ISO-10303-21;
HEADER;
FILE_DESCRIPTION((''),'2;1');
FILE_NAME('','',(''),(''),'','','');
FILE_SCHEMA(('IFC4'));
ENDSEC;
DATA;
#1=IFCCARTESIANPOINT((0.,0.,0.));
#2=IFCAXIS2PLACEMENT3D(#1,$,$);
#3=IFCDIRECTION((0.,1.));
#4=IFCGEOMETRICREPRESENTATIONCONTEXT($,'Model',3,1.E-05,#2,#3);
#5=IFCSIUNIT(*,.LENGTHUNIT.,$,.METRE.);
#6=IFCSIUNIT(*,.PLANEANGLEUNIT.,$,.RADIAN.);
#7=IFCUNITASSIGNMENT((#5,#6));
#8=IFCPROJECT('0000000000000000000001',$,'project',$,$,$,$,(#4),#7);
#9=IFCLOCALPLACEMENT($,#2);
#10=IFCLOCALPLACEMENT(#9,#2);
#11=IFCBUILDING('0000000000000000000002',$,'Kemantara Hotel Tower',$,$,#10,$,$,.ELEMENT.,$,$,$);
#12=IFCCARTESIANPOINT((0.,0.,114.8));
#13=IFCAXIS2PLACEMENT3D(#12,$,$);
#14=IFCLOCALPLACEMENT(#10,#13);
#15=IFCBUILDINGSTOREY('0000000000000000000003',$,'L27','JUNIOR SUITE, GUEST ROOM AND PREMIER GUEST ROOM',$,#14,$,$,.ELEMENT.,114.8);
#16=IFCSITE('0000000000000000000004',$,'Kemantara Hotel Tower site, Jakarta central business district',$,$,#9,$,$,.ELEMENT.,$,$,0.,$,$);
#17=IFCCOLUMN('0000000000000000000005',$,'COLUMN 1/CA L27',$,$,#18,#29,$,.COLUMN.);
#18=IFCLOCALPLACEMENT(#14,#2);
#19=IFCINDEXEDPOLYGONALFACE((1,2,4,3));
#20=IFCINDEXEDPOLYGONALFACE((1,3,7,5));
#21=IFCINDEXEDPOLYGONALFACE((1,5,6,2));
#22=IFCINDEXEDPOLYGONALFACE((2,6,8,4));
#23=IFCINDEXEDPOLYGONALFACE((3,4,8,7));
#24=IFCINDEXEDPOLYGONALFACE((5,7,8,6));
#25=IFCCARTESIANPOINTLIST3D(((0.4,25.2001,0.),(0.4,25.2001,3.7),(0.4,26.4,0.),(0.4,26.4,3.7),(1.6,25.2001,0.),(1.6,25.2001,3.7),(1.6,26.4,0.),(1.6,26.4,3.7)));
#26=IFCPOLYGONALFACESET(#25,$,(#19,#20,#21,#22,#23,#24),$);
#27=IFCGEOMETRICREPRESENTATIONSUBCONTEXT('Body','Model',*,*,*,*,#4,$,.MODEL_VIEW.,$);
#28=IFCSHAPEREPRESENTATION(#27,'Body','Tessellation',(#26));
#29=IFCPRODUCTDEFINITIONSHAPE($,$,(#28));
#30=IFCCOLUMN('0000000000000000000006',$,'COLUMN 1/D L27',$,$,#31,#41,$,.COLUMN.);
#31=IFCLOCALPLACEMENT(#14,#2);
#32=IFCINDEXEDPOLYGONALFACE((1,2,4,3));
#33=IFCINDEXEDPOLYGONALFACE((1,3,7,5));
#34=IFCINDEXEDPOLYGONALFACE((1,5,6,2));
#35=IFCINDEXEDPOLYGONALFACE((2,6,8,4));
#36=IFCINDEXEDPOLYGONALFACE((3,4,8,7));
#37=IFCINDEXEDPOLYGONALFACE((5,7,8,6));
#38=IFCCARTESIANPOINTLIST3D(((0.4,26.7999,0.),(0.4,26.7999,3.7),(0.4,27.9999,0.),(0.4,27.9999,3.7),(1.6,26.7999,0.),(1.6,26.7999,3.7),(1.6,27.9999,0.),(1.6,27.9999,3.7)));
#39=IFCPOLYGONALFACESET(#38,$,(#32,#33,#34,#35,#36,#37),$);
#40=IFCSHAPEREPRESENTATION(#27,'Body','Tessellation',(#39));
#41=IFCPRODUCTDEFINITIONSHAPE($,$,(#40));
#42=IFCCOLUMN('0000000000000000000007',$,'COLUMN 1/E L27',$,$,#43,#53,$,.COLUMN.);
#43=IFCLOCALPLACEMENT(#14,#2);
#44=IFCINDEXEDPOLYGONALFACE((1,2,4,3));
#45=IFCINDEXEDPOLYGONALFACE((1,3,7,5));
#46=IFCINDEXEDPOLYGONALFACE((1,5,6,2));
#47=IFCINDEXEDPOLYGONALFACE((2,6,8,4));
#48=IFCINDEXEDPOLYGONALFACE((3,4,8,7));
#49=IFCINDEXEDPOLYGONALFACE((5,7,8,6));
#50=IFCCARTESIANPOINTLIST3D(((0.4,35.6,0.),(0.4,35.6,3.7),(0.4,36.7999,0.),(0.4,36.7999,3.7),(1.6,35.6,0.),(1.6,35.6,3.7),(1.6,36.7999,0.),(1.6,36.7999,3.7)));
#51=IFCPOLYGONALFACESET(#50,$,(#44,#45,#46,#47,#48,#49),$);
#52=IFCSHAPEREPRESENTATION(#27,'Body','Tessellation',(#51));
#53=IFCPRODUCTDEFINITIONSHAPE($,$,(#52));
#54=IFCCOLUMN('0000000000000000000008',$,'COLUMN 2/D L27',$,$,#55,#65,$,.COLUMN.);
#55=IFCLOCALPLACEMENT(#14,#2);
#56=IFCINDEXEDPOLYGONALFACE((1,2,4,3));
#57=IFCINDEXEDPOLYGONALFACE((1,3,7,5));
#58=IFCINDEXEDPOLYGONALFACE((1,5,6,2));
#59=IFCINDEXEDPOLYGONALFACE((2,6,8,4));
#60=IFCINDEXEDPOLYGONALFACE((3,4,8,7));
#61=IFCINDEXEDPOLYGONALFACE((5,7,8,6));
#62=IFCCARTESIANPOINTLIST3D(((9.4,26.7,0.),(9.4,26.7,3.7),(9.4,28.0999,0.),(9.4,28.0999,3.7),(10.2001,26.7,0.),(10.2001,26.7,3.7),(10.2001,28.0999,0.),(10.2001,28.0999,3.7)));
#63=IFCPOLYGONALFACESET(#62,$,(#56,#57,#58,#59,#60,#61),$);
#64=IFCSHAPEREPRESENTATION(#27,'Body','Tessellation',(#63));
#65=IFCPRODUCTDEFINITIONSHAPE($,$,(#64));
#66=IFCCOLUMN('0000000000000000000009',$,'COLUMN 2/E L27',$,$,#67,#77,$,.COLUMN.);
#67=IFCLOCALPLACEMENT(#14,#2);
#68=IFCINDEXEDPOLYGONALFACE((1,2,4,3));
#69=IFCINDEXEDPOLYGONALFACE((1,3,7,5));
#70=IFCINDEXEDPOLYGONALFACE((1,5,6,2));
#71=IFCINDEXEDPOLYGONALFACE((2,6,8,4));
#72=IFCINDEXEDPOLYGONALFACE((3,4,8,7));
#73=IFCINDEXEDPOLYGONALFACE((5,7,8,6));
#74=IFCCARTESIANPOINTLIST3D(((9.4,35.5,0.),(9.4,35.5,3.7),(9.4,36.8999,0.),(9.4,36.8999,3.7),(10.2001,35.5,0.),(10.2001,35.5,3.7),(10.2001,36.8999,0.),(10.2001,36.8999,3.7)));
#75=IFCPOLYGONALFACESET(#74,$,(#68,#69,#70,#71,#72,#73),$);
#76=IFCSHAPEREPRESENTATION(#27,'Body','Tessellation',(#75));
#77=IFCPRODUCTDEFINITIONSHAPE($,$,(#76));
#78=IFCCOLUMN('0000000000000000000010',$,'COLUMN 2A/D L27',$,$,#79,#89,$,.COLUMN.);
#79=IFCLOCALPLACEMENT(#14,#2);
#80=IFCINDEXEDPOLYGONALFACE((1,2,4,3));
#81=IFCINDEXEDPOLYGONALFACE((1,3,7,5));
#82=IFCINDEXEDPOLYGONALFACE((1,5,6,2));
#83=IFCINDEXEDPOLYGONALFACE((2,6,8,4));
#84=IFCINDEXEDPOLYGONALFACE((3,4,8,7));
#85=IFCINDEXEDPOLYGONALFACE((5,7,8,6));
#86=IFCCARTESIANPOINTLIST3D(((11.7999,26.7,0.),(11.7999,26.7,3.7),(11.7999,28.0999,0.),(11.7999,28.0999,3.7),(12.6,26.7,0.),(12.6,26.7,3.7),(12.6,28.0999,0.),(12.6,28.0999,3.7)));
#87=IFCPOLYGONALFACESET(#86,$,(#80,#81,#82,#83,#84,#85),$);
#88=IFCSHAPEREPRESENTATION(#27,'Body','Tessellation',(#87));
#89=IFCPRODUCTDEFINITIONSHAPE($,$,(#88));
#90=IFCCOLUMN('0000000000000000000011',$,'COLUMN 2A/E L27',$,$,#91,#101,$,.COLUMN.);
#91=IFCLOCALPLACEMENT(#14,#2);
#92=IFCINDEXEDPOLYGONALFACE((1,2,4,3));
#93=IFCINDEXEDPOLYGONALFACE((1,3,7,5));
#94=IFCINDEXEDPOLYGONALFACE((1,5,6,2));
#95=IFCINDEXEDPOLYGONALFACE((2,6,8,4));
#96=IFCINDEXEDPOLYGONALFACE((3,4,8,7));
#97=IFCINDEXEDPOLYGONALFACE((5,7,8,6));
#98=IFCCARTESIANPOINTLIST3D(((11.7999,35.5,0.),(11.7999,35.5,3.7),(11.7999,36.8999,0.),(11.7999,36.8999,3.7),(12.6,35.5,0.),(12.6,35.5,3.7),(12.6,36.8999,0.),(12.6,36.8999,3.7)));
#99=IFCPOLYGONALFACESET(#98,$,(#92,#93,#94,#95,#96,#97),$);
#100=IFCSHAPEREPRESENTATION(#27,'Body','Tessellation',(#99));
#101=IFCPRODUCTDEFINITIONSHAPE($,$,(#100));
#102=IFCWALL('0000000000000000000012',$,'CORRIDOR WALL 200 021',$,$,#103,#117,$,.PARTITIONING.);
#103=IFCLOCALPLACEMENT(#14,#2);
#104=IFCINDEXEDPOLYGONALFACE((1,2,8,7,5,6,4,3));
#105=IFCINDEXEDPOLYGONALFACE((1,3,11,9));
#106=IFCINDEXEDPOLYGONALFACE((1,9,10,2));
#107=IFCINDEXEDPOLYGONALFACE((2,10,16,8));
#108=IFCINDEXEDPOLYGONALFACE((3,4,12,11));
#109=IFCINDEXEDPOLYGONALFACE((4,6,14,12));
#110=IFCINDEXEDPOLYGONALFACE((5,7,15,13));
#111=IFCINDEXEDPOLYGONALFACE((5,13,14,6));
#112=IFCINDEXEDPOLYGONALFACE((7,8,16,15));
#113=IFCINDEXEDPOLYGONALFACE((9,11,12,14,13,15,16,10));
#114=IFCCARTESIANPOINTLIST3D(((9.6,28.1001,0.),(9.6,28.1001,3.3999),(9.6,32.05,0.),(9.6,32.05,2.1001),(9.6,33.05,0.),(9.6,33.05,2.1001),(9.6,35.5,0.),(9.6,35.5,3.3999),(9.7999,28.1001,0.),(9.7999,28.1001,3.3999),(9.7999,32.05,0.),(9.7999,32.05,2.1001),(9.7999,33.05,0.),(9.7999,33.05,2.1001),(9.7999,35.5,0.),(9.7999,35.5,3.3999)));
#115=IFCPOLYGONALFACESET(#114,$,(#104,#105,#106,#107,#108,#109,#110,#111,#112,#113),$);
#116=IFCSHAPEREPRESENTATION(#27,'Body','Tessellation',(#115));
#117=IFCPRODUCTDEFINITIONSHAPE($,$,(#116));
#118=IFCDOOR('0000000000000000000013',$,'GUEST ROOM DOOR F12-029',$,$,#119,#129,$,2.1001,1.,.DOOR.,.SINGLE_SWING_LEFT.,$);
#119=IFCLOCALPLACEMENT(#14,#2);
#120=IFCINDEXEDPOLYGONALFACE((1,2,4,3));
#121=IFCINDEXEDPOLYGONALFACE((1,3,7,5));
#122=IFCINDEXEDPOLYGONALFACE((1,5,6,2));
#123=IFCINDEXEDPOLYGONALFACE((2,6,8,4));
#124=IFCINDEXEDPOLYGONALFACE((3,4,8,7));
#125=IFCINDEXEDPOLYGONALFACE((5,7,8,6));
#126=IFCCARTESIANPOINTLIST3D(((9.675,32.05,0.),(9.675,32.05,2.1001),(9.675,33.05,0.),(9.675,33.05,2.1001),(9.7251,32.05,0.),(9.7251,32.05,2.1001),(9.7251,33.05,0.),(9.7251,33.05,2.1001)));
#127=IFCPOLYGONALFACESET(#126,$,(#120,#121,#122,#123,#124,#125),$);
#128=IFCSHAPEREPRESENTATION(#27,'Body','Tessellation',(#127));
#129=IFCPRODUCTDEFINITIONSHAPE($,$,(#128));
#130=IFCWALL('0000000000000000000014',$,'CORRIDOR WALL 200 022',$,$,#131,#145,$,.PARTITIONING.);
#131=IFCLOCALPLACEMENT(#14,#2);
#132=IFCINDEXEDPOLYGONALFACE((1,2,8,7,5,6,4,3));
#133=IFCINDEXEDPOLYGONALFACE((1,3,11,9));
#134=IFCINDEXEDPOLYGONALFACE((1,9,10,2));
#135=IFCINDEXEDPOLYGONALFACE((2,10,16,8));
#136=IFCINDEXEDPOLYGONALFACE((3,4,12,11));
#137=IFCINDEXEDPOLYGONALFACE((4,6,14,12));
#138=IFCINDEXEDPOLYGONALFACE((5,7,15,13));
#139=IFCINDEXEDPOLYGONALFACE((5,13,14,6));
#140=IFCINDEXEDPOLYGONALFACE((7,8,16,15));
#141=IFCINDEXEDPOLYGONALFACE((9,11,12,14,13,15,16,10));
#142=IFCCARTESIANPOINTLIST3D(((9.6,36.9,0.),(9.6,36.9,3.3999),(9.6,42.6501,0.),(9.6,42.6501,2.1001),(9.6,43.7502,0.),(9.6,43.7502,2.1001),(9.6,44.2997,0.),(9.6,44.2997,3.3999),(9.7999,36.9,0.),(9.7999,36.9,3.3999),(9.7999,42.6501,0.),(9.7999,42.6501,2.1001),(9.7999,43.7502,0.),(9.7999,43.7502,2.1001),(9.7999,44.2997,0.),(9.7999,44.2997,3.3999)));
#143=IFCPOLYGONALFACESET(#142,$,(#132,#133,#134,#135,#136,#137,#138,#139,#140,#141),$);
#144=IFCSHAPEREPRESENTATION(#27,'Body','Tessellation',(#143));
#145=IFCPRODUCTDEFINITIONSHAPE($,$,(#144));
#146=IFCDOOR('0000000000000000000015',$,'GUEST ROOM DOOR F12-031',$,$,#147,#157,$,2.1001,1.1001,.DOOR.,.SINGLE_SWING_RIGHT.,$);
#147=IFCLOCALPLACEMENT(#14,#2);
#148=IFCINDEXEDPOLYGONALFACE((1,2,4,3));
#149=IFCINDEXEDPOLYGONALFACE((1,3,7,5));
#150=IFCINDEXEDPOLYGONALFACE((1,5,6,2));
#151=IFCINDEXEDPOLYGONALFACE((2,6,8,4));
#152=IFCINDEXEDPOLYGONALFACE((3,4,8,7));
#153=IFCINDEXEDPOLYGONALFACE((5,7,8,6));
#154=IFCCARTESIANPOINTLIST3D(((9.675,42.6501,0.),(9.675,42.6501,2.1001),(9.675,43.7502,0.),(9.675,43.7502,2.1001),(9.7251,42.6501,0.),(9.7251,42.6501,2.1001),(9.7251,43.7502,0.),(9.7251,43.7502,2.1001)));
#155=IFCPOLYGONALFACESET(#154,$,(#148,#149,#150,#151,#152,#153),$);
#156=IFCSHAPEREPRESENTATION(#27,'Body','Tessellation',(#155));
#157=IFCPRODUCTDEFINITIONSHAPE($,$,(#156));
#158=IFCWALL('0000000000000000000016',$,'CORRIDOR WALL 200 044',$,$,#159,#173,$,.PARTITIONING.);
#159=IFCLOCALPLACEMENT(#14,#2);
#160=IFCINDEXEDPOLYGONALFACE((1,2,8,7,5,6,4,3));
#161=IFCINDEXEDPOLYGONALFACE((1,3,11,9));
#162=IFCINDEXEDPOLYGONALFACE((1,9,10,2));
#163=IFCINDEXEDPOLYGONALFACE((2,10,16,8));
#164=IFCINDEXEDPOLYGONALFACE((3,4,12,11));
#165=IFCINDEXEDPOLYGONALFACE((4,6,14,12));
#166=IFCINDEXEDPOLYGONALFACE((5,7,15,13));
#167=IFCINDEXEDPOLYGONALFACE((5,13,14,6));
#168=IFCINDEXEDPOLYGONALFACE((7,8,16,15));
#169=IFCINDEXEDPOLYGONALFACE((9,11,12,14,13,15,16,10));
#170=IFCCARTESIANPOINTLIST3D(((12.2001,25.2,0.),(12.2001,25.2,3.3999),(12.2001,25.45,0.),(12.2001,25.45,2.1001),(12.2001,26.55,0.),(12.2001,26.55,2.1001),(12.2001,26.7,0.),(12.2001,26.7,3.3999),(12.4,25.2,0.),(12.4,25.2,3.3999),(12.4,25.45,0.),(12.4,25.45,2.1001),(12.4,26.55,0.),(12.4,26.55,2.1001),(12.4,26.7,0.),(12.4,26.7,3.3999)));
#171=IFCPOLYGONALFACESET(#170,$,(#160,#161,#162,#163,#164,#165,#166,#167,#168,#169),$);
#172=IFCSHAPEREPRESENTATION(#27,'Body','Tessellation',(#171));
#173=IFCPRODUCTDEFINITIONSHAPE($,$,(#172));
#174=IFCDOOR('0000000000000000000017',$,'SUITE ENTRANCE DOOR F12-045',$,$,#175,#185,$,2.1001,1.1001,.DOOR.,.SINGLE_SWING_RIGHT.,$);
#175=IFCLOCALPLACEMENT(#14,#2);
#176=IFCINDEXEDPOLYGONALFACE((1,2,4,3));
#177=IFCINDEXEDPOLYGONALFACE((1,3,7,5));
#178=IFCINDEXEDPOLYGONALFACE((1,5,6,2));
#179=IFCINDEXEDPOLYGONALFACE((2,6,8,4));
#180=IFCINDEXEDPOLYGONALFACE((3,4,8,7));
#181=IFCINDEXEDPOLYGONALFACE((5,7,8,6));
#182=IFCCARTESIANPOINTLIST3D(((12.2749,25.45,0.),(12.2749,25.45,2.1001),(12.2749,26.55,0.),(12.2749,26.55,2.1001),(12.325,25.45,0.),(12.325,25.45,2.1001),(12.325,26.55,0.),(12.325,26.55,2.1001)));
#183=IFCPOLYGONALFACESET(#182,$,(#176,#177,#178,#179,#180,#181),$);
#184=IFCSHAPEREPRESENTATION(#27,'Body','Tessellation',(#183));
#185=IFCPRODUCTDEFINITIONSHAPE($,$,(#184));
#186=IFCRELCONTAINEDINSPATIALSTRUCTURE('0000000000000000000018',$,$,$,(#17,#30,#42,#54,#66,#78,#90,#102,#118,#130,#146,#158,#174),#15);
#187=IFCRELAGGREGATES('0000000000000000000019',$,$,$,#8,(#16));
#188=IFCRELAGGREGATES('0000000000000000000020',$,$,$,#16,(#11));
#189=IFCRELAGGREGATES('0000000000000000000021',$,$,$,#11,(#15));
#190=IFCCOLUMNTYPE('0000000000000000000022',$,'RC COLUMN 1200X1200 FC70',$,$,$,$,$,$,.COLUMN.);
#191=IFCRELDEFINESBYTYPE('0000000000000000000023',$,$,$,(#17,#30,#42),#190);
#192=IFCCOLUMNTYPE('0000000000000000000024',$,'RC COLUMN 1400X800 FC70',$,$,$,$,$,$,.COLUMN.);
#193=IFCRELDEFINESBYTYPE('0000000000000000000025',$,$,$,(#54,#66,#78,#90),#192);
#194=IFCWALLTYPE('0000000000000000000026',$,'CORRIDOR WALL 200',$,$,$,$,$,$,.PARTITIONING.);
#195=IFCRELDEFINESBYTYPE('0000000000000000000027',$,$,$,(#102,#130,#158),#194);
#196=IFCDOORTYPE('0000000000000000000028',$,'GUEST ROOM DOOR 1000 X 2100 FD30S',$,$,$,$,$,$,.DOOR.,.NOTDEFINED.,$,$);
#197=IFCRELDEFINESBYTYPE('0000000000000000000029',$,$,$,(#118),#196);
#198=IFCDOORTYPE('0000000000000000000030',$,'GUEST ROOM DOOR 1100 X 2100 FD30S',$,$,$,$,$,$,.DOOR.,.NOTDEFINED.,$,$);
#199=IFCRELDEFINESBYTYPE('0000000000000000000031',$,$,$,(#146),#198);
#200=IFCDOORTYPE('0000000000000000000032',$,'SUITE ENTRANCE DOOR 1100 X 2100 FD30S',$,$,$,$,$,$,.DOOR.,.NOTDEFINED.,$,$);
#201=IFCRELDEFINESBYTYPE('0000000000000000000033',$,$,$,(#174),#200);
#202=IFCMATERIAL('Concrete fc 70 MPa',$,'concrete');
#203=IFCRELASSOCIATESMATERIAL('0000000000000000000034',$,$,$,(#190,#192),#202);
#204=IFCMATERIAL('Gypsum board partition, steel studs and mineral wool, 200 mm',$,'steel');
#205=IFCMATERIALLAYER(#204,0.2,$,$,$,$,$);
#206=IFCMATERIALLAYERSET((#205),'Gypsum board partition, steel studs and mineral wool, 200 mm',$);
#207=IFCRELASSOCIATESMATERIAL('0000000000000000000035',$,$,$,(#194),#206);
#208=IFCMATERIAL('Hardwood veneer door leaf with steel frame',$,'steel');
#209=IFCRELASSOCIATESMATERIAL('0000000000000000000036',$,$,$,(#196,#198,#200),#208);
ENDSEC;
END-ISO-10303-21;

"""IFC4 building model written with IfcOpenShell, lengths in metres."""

from ifc_helpers import new_model, si_unit, direction, frame, frame_2d, origin, origin_2d, place, context, subcontext, project, spatial, rectangle, extrude, material, layer, layer_set, material_profile, profile_set, type_object, element, fill, save


model = new_model("IFC4")

# Units and contexts
model_context = context("Model", 3, precision=1e-05, world=origin(), true_north=direction((0.0, 1.0)))
body_context = subcontext(model_context, "Body", "Model", "MODEL_VIEW")
ifc_project = project(units=[si_unit("LENGTHUNIT", "METRE"), si_unit("PLANEANGLEUNIT", "RADIAN")], contexts=[model_context])

# Site, building, storey
site_placement = place(None, origin())
site = spatial("IfcSite", under=ifc_project, at=site_placement, Name="Kemantara Hotel Tower site, Jakarta central business district", CompositionType="ELEMENT", RefElevation=0.0)
building_placement = place(site_placement, origin())
building = spatial("IfcBuilding", under=site, at=building_placement, Name="Kemantara Hotel Tower", CompositionType="ELEMENT")
storey_placement = place(building_placement, frame((0.0, 0.0, 114.8)))
storey = spatial("IfcBuildingStorey", under=building, at=storey_placement, Name="L27", Description="JUNIOR SUITE, GUEST ROOM AND PREMIER GUEST ROOM", CompositionType="ELEMENT", Elevation=114.8)

# Columns
ifc_material_1 = material(Name="Concrete fc 70 MPa", Category="concrete")
ifc_material_profile_1 = material_profile(ifc_material_1, rectangle(XDim=1.2, YDim=1.2, at=origin_2d()), Name="RC 1200X1200")
ifc_profile_set_1 = profile_set([ifc_material_profile_1], Name="Concrete fc 70 MPa")
column_type_1 = type_object("IfcColumnType", Name="RC COLUMN 1200X1200 FC70", PredefinedType="COLUMN", material=ifc_profile_set_1)
for number, where, z_axis, x_axis, name in (
    (1, (1.0, 25.8, 0.0), (0.0, 0.0, 1.0), (1.0, 0.0, 0.0), "COLUMN 1/CA L27"),
    (2, (1.0, 27.3999, 0.0), (0.0, 0.0, 1.0), (1.0, 0.0, 0.0), "COLUMN 1/D L27"),
    (3, (1.0, 36.2, 0.0), (0.0, 0.0, 1.0), (1.0, 0.0, 0.0), "COLUMN 1/E L27"),
):
    element("IfcColumn", number, at=place(storey_placement, frame(where, z_axis=z_axis, x_axis=x_axis)), inside=storey, type_object=column_type_1, Name=name, PredefinedType="COLUMN", context=body_context, shape_type="SweptSolid", body=[
        extrude(rectangle(XDim=1.2, YDim=1.2, at=origin_2d()), origin(), (0.0, 0.0, 1.0), 3.7),
    ])
ifc_material_profile_2 = material_profile(ifc_material_1, rectangle(XDim=1.3999, YDim=0.8, at=origin_2d()), Name="RC 1400X800")
ifc_profile_set_2 = profile_set([ifc_material_profile_2], Name="Concrete fc 70 MPa")
column_type_2 = type_object("IfcColumnType", Name="RC COLUMN 1400X800 FC70", PredefinedType="COLUMN", material=ifc_profile_set_2)
for number, where, z_axis, x_axis, name in (
    (4, (9.8, 27.3999, 0.0), (0.0, 0.0, 1.0), (0.0, 1.0, 0.0), "COLUMN 2/D L27"),
    (5, (9.8, 36.2, 0.0), (0.0, 0.0, 1.0), (0.0, 1.0, 0.0), "COLUMN 2/E L27"),
    (6, (12.2, 27.3999, 0.0), (0.0, 0.0, 1.0), (0.0, 1.0, 0.0), "COLUMN 2A/D L27"),
    (7, (12.2, 36.2, 0.0), (0.0, 0.0, 1.0), (0.0, 1.0, 0.0), "COLUMN 2A/E L27"),
):
    element("IfcColumn", number, at=place(storey_placement, frame(where, z_axis=z_axis, x_axis=x_axis)), inside=storey, type_object=column_type_2, Name=name, PredefinedType="COLUMN", context=body_context, shape_type="SweptSolid", body=[
        extrude(rectangle(XDim=1.3999, YDim=0.8, at=origin_2d()), origin(), (0.0, 0.0, 1.0), 3.7),
    ])

# Walls, openings, doors
ifc_material_2 = material(Name="Gypsum board partition, steel studs and mineral wool, 200 mm", Category="steel")
ifc_layer_1 = layer(ifc_material_2, 0.2)
ifc_layer_set_1 = layer_set([ifc_layer_1], Name="Gypsum board partition, steel studs and mineral wool, 200 mm")
wall_type_1 = type_object("IfcWallType", Name="CORRIDOR WALL 200", PredefinedType="PARTITIONING", material=ifc_layer_set_1)
wall_1_placement = place(storey_placement, frame((9.7, 28.1001, 0.0), z_axis=(0.0, 0.0, 1.0), x_axis=(0.0, 1.0, 0.0)))
wall_1 = element("IfcWall", 8, at=wall_1_placement, inside=storey, type_object=wall_type_1, Name="CORRIDOR WALL 200 021", PredefinedType="PARTITIONING", context=body_context, shape_type="SweptSolid", body=[
    extrude(rectangle(XDim=7.3999, YDim=0.2, at=frame_2d((3.7, 0.0))), origin(), (0.0, 0.0, 1.0), 3.3999),
])
opening_1_placement = place(wall_1_placement, frame((3.95, 0.0, 0.0)))
opening_1 = element("IfcOpeningElement", 9, at=opening_1_placement, cuts=wall_1, PredefinedType="OPENING", context=body_context, shape_type="SweptSolid", body=[
    extrude(rectangle(XDim=1.0, YDim=2.1001, at=frame_2d((0.5, 1.05))), frame((0.0, 0.1099, 0.0), z_axis=(0.0, -1.0, 0.0), x_axis=(1.0, 0.0, 0.0)), (0.0, 0.0, 1.0), 0.22),
])
ifc_material_3 = material(Name="Hardwood veneer door leaf with steel frame", Category="steel")
door_type_1 = type_object("IfcDoorType", Name="GUEST ROOM DOOR 1000 X 2100 FD30S", OperationType="NOTDEFINED", PredefinedType="DOOR", material=ifc_material_3)
door_1_placement = place(opening_1_placement, origin())
door_1 = element("IfcDoor", 10, at=door_1_placement, inside=storey, type_object=door_type_1, Name="GUEST ROOM DOOR F12-029", OperationType="SINGLE_SWING_LEFT", OverallHeight=2.1001, OverallWidth=1.0, PredefinedType="DOOR", context=body_context, shape_type="SweptSolid", body=[
    extrude(rectangle(XDim=1.0, YDim=2.1001, at=frame_2d((0.5, 1.05))), frame((0.0, 0.0249, 0.0), z_axis=(0.0, -1.0, 0.0), x_axis=(1.0, 0.0, 0.0)), (0.0, 0.0, 1.0), 0.05),
])
fill(opening_1, door_1)
wall_2_placement = place(storey_placement, frame((9.7, 36.9001, 0.0), z_axis=(0.0, 0.0, 1.0), x_axis=(0.0, 1.0, 0.0)))
wall_2 = element("IfcWall", 11, at=wall_2_placement, inside=storey, type_object=wall_type_1, Name="CORRIDOR WALL 200 022", PredefinedType="PARTITIONING", context=body_context, shape_type="SweptSolid", body=[
    extrude(rectangle(XDim=7.3997, YDim=0.2, at=frame_2d((3.6997, 0.0))), origin(), (0.0, 0.0, 1.0), 3.3999),
])
opening_2_placement = place(wall_2_placement, frame((5.75, 0.0, 0.0)))
opening_2 = element("IfcOpeningElement", 12, at=opening_2_placement, cuts=wall_2, PredefinedType="OPENING", context=body_context, shape_type="SweptSolid", body=[
    extrude(rectangle(XDim=1.1001, YDim=2.1001, at=frame_2d((0.55, 1.05))), frame((0.0, 0.1099, 0.0), z_axis=(0.0, -1.0, 0.0), x_axis=(1.0, 0.0, 0.0)), (0.0, 0.0, 1.0), 0.22),
])
door_type_2 = type_object("IfcDoorType", Name="GUEST ROOM DOOR 1100 X 2100 FD30S", OperationType="NOTDEFINED", PredefinedType="DOOR", material=ifc_material_3)
door_2_placement = place(opening_2_placement, origin())
door_2 = element("IfcDoor", 13, at=door_2_placement, inside=storey, type_object=door_type_2, Name="GUEST ROOM DOOR F12-031", OperationType="SINGLE_SWING_RIGHT", OverallHeight=2.1001, OverallWidth=1.1001, PredefinedType="DOOR", context=body_context, shape_type="SweptSolid", body=[
    extrude(rectangle(XDim=1.1001, YDim=2.1001, at=frame_2d((0.55, 1.05))), frame((0.0, 0.0249, 0.0), z_axis=(0.0, -1.0, 0.0), x_axis=(1.0, 0.0, 0.0)), (0.0, 0.0, 1.0), 0.05),
])
fill(opening_2, door_2)
wall_3_placement = place(storey_placement, frame((12.3, 26.7, 0.0), z_axis=(0.0, 0.0, 1.0), x_axis=(0.0, -1.0, 0.0)))
wall_3 = element("IfcWall", 14, at=wall_3_placement, inside=storey, type_object=wall_type_1, Name="CORRIDOR WALL 200 044", PredefinedType="PARTITIONING", context=body_context, shape_type="SweptSolid", body=[
    extrude(rectangle(XDim=1.5, YDim=0.2, at=frame_2d((0.75, 0.0))), origin(), (0.0, 0.0, 1.0), 3.3999),
])
opening_3_placement = place(wall_3_placement, frame((0.1499, 0.0, 0.0)))
opening_3 = element("IfcOpeningElement", 15, at=opening_3_placement, cuts=wall_3, PredefinedType="OPENING", context=body_context, shape_type="SweptSolid", body=[
    extrude(rectangle(XDim=1.1001, YDim=2.1001, at=frame_2d((0.55, 1.05))), frame((0.0, 0.1099, 0.0), z_axis=(0.0, -1.0, 0.0), x_axis=(1.0, 0.0, 0.0)), (0.0, 0.0, 1.0), 0.22),
])
door_type_3 = type_object("IfcDoorType", Name="SUITE ENTRANCE DOOR 1100 X 2100 FD30S", OperationType="NOTDEFINED", PredefinedType="DOOR", material=ifc_material_3)
door_3_placement = place(opening_3_placement, origin())
door_3 = element("IfcDoor", 16, at=door_3_placement, inside=storey, type_object=door_type_3, Name="SUITE ENTRANCE DOOR F12-045", OperationType="SINGLE_SWING_RIGHT", OverallHeight=2.1001, OverallWidth=1.1001, PredefinedType="DOOR", context=body_context, shape_type="SweptSolid", body=[
    extrude(rectangle(XDim=1.1001, YDim=2.1001, at=frame_2d((0.55, 1.05))), frame((0.0, 0.0249, 0.0), z_axis=(0.0, -1.0, 0.0), x_axis=(1.0, 0.0, 0.0)), (0.0, 0.0, 1.0), 0.05),
])
fill(opening_3, door_3)

save(model, "model.ifc")
